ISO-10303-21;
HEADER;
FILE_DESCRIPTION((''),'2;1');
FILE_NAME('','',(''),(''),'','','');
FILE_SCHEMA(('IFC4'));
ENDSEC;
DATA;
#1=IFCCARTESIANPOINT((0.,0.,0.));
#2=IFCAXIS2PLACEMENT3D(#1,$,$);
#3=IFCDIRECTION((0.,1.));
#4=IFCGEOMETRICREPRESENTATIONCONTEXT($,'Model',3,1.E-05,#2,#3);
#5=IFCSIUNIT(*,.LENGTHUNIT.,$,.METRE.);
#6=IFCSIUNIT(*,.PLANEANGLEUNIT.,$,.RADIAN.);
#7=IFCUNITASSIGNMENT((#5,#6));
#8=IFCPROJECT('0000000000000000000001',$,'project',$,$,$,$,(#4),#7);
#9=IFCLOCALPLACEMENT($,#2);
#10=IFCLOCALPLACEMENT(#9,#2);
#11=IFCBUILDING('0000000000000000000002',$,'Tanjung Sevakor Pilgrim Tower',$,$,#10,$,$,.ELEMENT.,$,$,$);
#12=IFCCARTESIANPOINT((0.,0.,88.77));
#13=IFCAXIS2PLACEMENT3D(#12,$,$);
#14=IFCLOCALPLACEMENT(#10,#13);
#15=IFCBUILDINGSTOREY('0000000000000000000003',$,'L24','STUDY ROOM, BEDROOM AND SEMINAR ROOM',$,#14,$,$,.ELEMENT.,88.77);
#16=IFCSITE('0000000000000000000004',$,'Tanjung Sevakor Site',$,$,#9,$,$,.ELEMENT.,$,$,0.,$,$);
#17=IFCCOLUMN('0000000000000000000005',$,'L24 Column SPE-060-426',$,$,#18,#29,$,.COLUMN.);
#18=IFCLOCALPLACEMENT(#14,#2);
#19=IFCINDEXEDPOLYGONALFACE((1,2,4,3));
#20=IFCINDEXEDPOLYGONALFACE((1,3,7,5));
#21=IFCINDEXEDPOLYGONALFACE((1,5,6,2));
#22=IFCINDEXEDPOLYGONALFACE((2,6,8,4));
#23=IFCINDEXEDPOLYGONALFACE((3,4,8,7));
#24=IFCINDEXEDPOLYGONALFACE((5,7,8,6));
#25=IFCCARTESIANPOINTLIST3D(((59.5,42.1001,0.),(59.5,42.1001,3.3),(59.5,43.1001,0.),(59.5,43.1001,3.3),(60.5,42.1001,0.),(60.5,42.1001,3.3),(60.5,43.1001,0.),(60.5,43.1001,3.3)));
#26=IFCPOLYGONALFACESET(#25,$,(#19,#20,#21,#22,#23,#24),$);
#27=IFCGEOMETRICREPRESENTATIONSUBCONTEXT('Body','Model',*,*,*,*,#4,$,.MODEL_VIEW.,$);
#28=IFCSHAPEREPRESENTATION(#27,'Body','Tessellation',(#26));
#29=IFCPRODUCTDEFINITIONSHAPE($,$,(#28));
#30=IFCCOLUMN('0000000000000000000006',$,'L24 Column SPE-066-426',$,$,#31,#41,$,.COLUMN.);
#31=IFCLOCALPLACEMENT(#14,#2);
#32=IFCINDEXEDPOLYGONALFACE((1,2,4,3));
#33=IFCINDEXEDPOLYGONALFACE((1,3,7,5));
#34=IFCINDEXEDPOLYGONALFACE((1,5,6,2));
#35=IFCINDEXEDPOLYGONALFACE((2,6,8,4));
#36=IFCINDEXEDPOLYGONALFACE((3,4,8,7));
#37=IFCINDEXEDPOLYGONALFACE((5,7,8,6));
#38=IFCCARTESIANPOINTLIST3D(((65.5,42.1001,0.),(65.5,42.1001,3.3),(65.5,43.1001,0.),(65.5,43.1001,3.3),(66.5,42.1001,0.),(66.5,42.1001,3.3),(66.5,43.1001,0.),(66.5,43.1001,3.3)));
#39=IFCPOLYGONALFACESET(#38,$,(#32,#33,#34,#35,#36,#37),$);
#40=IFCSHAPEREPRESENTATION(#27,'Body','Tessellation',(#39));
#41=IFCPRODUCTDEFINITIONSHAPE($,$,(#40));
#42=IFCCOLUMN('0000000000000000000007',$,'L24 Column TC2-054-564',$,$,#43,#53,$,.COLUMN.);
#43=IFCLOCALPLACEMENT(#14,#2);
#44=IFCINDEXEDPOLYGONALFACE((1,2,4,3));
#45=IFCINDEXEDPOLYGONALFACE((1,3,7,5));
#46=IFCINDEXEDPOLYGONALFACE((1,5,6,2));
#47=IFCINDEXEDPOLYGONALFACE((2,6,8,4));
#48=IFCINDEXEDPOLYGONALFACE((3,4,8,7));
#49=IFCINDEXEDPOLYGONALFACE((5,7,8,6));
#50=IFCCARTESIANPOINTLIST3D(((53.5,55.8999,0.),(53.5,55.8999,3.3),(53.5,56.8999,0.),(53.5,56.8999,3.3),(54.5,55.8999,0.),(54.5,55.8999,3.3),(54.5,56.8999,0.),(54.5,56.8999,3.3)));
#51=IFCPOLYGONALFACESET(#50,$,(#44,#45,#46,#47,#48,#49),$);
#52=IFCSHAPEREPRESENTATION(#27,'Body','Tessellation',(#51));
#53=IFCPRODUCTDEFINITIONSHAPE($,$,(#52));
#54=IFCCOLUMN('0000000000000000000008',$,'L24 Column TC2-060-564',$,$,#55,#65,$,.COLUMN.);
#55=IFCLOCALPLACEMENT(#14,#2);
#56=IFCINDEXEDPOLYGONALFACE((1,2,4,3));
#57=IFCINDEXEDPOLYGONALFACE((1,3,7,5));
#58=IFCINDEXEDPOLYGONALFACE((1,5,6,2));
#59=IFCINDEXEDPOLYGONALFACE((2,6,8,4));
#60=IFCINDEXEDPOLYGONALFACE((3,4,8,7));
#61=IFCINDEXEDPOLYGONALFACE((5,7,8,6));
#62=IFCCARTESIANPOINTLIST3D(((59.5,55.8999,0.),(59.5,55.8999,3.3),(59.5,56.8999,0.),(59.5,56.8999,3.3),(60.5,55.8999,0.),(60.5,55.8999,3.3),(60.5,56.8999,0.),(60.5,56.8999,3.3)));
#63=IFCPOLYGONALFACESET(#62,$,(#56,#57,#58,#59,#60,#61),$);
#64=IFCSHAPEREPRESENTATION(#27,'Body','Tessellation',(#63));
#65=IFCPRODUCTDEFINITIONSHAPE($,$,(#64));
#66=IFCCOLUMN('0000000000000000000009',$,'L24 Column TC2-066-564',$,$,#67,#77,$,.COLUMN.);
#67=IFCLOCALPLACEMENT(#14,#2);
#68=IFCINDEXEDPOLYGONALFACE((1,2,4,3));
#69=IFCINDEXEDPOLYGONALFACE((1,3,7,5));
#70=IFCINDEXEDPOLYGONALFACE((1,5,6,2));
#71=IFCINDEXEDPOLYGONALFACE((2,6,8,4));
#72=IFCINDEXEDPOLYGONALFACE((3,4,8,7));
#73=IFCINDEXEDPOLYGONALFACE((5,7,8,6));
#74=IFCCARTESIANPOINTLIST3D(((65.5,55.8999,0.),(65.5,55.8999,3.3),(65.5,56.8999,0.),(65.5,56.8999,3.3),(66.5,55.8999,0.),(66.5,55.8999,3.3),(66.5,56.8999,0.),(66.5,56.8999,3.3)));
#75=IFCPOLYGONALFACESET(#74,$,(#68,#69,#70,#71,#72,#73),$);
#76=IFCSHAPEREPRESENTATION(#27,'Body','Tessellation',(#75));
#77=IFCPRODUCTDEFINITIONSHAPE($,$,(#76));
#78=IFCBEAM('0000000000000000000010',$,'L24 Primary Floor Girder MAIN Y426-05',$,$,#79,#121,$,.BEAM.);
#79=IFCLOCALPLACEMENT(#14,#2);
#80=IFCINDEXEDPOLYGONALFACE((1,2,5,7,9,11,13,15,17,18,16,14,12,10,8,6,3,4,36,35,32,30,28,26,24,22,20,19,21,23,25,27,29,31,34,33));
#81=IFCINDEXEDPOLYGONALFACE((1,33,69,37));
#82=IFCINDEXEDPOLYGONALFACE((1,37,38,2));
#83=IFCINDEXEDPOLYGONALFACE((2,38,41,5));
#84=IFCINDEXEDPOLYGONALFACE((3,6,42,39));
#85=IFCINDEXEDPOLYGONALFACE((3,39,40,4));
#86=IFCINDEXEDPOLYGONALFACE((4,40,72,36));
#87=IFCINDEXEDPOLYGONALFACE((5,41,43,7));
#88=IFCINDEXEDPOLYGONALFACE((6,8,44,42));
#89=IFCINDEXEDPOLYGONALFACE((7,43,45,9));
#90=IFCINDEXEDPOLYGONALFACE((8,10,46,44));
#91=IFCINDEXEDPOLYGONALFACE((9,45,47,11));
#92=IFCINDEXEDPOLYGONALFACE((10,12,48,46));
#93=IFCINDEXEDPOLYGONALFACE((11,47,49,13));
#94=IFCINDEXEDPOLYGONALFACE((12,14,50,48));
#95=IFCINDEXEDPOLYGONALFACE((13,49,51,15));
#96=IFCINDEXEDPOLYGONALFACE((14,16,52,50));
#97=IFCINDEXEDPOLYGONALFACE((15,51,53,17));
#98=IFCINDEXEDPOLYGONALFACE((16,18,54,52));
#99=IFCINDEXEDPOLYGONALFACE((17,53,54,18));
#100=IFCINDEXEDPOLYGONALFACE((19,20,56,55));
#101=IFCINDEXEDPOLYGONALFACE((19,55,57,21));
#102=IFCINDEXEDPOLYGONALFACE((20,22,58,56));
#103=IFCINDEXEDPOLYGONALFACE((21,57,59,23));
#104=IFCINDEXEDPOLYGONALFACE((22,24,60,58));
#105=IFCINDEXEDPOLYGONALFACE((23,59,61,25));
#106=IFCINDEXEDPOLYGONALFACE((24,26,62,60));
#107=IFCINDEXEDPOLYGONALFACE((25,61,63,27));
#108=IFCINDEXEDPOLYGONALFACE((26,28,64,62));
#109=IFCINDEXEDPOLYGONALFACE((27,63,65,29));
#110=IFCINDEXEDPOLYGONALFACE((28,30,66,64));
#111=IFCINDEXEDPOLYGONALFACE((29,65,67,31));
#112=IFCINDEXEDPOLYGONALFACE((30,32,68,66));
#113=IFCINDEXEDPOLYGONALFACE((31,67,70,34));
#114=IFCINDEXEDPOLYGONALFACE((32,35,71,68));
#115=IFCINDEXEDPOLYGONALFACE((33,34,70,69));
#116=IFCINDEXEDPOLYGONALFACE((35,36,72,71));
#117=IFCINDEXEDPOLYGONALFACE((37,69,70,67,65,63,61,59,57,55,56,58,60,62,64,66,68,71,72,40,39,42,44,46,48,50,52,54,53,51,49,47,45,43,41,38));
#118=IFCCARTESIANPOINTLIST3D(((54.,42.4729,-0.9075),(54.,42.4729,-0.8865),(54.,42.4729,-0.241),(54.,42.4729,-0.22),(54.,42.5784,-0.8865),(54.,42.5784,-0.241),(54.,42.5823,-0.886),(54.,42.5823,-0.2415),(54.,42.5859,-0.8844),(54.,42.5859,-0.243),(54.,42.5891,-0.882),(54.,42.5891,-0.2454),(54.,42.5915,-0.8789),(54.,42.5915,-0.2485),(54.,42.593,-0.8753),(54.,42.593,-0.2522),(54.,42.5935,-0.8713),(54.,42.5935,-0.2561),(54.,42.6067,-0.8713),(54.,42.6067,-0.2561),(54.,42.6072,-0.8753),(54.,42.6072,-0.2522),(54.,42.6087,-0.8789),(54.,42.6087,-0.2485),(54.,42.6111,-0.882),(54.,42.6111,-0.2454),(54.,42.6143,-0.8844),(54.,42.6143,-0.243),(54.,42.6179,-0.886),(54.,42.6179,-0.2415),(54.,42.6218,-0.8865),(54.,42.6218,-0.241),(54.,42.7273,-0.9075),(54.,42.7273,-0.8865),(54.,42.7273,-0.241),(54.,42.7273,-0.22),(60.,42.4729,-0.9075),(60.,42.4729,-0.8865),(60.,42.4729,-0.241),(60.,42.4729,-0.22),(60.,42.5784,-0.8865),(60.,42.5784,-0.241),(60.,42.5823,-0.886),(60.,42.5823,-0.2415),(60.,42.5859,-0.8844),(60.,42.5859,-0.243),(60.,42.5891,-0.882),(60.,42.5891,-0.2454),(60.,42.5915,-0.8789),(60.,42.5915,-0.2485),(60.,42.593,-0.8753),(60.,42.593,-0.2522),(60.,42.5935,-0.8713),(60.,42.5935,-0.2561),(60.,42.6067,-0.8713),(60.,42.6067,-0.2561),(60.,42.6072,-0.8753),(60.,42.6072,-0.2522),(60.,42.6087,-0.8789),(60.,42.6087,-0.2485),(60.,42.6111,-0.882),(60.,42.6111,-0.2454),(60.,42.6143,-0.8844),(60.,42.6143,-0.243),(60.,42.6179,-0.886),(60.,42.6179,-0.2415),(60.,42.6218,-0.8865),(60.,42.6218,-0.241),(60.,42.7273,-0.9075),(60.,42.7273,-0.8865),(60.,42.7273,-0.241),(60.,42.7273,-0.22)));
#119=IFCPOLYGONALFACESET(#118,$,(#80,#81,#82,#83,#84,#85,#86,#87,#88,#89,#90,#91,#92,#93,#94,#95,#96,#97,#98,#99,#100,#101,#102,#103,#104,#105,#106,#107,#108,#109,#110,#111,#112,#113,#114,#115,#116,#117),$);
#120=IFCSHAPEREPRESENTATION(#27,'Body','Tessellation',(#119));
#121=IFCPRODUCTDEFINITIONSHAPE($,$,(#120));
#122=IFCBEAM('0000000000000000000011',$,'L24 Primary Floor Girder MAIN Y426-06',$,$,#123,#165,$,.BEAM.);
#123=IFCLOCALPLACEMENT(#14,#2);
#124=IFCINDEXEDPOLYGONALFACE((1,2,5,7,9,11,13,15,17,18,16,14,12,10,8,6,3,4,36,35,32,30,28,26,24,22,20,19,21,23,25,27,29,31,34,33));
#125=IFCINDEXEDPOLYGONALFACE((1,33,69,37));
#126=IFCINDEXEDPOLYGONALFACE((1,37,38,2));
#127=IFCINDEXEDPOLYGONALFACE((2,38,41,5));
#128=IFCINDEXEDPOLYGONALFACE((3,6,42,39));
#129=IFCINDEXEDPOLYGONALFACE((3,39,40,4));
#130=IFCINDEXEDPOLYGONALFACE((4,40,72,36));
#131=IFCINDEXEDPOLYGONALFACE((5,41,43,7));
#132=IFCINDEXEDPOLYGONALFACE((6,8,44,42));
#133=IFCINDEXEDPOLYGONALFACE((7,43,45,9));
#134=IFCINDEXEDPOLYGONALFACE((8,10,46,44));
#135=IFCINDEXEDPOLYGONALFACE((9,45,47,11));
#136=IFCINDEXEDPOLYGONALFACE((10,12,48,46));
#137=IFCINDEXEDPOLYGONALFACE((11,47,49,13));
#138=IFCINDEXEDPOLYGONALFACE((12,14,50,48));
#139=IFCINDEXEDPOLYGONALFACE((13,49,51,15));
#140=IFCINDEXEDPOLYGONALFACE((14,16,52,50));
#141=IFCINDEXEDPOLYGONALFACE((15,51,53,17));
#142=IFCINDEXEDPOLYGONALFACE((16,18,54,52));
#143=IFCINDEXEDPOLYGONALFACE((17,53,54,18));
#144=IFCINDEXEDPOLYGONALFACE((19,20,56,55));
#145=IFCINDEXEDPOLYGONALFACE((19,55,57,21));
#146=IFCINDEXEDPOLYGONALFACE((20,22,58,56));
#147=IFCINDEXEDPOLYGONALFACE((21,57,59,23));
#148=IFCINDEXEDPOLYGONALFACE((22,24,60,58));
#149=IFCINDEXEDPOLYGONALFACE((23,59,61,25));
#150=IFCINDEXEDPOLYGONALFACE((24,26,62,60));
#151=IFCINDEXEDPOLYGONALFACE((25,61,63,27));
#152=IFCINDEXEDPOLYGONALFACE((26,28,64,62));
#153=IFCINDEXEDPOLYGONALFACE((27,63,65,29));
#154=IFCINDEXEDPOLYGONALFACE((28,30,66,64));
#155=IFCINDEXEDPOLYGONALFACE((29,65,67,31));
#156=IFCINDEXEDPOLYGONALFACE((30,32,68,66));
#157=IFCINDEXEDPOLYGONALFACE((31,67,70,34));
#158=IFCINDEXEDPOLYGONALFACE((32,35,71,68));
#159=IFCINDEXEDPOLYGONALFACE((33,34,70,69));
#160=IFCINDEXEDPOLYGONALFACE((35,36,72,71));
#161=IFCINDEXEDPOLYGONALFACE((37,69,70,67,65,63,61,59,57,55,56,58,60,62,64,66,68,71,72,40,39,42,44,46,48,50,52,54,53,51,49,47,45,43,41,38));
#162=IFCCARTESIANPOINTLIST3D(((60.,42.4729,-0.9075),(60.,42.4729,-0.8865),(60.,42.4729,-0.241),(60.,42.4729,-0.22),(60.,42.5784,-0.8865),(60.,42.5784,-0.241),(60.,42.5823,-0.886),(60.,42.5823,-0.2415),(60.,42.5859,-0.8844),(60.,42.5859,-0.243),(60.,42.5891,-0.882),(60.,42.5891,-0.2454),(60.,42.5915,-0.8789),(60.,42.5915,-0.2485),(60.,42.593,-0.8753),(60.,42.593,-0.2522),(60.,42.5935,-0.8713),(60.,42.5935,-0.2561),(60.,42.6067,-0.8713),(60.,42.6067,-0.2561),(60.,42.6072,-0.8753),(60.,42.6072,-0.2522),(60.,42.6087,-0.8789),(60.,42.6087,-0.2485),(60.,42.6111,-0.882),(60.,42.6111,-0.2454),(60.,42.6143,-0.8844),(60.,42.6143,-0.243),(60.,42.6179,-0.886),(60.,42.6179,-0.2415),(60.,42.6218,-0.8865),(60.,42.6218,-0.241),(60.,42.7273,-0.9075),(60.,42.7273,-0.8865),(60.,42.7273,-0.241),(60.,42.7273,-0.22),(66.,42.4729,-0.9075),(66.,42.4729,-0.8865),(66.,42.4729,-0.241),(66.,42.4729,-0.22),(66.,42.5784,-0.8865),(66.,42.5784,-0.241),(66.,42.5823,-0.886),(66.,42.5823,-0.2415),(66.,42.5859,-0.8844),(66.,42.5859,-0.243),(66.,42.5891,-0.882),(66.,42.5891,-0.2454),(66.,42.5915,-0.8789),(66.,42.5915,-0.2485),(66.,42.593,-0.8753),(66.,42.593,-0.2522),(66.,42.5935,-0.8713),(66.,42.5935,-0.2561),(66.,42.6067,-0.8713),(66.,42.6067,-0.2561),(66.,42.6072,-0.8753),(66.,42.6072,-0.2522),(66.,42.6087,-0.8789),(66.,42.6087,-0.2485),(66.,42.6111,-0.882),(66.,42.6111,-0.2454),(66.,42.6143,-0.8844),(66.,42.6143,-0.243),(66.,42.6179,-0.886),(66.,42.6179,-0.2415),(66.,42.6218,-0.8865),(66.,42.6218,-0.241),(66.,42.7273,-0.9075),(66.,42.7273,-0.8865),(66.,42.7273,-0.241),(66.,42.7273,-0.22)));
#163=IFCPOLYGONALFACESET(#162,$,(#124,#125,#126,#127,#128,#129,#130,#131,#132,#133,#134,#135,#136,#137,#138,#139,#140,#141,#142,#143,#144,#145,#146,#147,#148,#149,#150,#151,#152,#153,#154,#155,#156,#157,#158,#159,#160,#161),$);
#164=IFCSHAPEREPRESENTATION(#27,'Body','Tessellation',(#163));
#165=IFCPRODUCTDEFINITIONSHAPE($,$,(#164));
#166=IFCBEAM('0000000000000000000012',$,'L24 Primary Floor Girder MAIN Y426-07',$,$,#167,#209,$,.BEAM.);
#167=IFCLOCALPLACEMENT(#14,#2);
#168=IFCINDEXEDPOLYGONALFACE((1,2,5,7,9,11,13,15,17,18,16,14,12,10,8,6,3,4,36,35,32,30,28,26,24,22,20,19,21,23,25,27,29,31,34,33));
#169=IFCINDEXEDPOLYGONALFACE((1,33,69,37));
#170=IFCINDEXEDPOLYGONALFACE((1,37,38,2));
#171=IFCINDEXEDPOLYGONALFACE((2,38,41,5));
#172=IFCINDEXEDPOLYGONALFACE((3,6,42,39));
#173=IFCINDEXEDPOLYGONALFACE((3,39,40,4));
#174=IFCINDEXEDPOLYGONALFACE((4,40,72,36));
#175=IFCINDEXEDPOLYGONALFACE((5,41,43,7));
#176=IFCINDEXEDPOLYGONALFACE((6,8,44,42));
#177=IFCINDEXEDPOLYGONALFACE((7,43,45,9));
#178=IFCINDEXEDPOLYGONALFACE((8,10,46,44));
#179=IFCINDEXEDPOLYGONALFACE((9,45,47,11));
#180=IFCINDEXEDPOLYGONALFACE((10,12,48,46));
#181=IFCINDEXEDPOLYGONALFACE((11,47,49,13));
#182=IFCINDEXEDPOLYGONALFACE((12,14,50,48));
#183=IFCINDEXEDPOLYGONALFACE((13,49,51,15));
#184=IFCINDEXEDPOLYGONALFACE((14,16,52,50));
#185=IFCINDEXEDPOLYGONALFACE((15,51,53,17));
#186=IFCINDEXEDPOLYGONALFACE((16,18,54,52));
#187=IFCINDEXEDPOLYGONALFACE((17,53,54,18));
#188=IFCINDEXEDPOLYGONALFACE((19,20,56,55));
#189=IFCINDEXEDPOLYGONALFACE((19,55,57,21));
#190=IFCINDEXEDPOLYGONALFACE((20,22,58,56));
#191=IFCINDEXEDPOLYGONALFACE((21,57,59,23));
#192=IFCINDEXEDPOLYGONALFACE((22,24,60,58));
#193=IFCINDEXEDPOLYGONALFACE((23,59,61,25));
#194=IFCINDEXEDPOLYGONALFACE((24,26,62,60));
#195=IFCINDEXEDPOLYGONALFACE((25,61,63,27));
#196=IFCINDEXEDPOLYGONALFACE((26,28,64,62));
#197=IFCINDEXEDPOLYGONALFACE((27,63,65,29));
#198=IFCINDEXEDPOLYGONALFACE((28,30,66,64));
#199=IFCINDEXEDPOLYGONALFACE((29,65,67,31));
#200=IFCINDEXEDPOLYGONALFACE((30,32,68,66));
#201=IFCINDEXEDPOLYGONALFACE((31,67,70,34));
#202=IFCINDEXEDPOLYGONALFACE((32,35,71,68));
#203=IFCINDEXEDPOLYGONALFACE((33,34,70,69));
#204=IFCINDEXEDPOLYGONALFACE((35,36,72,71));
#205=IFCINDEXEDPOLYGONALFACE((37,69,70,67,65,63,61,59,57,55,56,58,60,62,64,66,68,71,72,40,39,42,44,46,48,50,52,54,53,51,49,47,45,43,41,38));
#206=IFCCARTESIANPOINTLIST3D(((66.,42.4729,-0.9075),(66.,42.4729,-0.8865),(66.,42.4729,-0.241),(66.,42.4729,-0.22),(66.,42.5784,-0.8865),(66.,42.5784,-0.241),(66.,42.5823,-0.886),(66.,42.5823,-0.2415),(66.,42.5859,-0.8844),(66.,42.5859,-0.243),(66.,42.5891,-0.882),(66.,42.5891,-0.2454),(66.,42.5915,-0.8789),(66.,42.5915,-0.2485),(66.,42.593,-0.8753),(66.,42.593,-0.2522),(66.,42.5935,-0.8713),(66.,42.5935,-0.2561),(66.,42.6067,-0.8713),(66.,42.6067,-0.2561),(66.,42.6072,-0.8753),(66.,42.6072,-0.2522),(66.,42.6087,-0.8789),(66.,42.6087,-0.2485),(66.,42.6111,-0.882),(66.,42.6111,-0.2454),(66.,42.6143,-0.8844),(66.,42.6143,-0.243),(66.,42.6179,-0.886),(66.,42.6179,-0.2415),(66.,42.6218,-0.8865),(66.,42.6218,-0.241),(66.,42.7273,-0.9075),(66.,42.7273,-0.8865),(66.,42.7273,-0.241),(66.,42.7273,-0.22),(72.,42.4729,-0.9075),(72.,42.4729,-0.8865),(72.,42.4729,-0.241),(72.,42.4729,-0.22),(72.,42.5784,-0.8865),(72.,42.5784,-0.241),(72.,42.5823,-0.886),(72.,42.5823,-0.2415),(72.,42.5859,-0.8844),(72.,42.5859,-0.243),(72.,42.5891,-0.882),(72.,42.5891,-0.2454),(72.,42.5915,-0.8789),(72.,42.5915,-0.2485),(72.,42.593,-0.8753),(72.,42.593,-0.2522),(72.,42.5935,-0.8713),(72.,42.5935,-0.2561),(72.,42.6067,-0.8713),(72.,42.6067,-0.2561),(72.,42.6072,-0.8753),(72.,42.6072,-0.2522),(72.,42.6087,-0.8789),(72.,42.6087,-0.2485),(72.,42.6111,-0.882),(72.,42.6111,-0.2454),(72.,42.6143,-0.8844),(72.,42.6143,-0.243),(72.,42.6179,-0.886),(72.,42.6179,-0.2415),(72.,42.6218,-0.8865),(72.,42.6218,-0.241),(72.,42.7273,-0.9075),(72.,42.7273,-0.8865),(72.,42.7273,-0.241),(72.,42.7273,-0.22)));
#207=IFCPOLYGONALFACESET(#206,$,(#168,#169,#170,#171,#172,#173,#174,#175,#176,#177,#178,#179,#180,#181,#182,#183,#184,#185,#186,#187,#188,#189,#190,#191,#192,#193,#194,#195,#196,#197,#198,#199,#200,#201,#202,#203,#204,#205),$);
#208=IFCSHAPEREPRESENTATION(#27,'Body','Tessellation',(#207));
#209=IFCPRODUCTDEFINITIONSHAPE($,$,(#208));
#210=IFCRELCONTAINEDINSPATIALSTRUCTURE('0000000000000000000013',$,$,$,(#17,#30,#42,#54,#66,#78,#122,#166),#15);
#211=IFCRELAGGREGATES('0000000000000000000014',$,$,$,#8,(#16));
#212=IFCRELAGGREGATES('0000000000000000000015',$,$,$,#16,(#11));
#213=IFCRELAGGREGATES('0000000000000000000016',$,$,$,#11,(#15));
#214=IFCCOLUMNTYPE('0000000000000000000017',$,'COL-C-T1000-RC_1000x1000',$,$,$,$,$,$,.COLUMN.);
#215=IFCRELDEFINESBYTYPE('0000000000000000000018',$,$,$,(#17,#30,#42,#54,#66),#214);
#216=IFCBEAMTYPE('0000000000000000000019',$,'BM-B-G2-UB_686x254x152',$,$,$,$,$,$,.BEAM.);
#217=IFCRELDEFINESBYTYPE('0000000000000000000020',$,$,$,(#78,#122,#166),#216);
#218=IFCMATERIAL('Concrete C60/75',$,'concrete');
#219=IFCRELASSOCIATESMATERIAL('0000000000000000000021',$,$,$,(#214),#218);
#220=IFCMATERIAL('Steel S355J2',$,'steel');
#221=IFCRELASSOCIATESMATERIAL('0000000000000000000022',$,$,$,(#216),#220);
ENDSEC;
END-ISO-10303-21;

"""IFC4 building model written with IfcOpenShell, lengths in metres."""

from ifc_helpers import new_model, si_unit, direction, frame, origin, origin_2d, place, context, subcontext, project, spatial, rectangle, i_section, extrude, material, material_profile, profile_set, type_object, element, save


model = new_model("IFC4")

# Units and contexts
model_context = context("Model", 3, precision=1e-05, world=origin(), true_north=direction((0.0, 1.0)))
body_context = subcontext(model_context, "Body", "Model", "MODEL_VIEW")
ifc_project = project(units=[si_unit("LENGTHUNIT", "METRE"), si_unit("PLANEANGLEUNIT", "RADIAN")], contexts=[model_context])

# Site, building, storey
site_placement = place(None, origin())
site = spatial("IfcSite", under=ifc_project, at=site_placement, Name="Tanjung Sevakor Site", CompositionType="ELEMENT", RefElevation=0.0)
building_placement = place(site_placement, origin())
building = spatial("IfcBuilding", under=site, at=building_placement, Name="Tanjung Sevakor Pilgrim Tower", CompositionType="ELEMENT")
storey_placement = place(building_placement, frame((0.0, 0.0, 88.77)))
storey = spatial("IfcBuildingStorey", under=building, at=storey_placement, Name="L24", Description="STUDY ROOM, BEDROOM AND SEMINAR ROOM", CompositionType="ELEMENT", Elevation=88.77)

# Columns
ifc_material_1 = material(Name="Concrete C60/75", Category="concrete")
ifc_material_profile_1 = material_profile(ifc_material_1, rectangle(XDim=1.0, YDim=1.0, at=origin_2d()))
ifc_profile_set_1 = profile_set([ifc_material_profile_1], Name="Concrete C60/75")
column_type = type_object("IfcColumnType", Name="COL-C-T1000-RC_1000x1000", PredefinedType="COLUMN", material=ifc_profile_set_1)
for number, where, z_axis, x_axis, name in (
    (1, (60.0, 42.6001, 0.0), (0.0, 0.0, 1.0), (1.0, 0.0, 0.0), "L24 Column SPE-060-426"),
    (2, (66.0, 42.6001, 0.0), (0.0, 0.0, 1.0), (1.0, 0.0, 0.0), "L24 Column SPE-066-426"),
    (3, (54.0, 56.3999, 0.0), (0.0, 0.0, 1.0), (1.0, 0.0, 0.0), "L24 Column TC2-054-564"),
    (4, (60.0, 56.3999, 0.0), (0.0, 0.0, 1.0), (1.0, 0.0, 0.0), "L24 Column TC2-060-564"),
    (5, (66.0, 56.3999, 0.0), (0.0, 0.0, 1.0), (1.0, 0.0, 0.0), "L24 Column TC2-066-564"),
):
    element("IfcColumn", number, at=place(storey_placement, frame(where, z_axis=z_axis, x_axis=x_axis)), inside=storey, type_object=column_type, Name=name, PredefinedType="COLUMN", context=body_context, shape_type="SweptSolid", body=[
        extrude(rectangle(XDim=1.0, YDim=1.0, at=origin_2d()), origin(), (0.0, 0.0, 1.0), 3.3),
    ])

# Beams
ifc_material_2 = material(Name="Steel S355J2", Category="steel")
ifc_material_profile_2 = material_profile(ifc_material_2, i_section(OverallWidth=0.2544, OverallDepth=0.6875, WebThickness=0.0132, FlangeThickness=0.021, FilletRadius=0.0151, at=origin_2d()))
ifc_profile_set_2 = profile_set([ifc_material_profile_2], Name="Steel S355J2")
beam_type_1 = type_object("IfcBeamType", Name="BM-B-G2-UB_686x254x152", PredefinedType="BEAM", material=ifc_profile_set_2)
for number, where, z_axis, x_axis, name in (
    (6, (54.0, 42.6001, -0.5637), (1.0, 0.0, 0.0), (0.0, 1.0, 0.0), "L24 Primary Floor Girder MAIN Y426-05"),
    (7, (60.0, 42.6001, -0.5637), (1.0, 0.0, 0.0), (0.0, 1.0, 0.0), "L24 Primary Floor Girder MAIN Y426-06"),
    (8, (66.0, 42.6001, -0.5637), (1.0, 0.0, 0.0), (0.0, 1.0, 0.0), "L24 Primary Floor Girder MAIN Y426-07"),
):
    element("IfcBeam", number, at=place(storey_placement, frame(where, z_axis=z_axis, x_axis=x_axis)), inside=storey, type_object=beam_type_1, Name=name, PredefinedType="BEAM", context=body_context, shape_type="SweptSolid", body=[
        extrude(i_section(OverallWidth=0.2544, OverallDepth=0.6875, WebThickness=0.0132, FlangeThickness=0.021, FilletRadius=0.0151, at=origin_2d()), origin(), (0.0, 0.0, 1.0), 6.0),
    ])

save(model, "model.ifc")
